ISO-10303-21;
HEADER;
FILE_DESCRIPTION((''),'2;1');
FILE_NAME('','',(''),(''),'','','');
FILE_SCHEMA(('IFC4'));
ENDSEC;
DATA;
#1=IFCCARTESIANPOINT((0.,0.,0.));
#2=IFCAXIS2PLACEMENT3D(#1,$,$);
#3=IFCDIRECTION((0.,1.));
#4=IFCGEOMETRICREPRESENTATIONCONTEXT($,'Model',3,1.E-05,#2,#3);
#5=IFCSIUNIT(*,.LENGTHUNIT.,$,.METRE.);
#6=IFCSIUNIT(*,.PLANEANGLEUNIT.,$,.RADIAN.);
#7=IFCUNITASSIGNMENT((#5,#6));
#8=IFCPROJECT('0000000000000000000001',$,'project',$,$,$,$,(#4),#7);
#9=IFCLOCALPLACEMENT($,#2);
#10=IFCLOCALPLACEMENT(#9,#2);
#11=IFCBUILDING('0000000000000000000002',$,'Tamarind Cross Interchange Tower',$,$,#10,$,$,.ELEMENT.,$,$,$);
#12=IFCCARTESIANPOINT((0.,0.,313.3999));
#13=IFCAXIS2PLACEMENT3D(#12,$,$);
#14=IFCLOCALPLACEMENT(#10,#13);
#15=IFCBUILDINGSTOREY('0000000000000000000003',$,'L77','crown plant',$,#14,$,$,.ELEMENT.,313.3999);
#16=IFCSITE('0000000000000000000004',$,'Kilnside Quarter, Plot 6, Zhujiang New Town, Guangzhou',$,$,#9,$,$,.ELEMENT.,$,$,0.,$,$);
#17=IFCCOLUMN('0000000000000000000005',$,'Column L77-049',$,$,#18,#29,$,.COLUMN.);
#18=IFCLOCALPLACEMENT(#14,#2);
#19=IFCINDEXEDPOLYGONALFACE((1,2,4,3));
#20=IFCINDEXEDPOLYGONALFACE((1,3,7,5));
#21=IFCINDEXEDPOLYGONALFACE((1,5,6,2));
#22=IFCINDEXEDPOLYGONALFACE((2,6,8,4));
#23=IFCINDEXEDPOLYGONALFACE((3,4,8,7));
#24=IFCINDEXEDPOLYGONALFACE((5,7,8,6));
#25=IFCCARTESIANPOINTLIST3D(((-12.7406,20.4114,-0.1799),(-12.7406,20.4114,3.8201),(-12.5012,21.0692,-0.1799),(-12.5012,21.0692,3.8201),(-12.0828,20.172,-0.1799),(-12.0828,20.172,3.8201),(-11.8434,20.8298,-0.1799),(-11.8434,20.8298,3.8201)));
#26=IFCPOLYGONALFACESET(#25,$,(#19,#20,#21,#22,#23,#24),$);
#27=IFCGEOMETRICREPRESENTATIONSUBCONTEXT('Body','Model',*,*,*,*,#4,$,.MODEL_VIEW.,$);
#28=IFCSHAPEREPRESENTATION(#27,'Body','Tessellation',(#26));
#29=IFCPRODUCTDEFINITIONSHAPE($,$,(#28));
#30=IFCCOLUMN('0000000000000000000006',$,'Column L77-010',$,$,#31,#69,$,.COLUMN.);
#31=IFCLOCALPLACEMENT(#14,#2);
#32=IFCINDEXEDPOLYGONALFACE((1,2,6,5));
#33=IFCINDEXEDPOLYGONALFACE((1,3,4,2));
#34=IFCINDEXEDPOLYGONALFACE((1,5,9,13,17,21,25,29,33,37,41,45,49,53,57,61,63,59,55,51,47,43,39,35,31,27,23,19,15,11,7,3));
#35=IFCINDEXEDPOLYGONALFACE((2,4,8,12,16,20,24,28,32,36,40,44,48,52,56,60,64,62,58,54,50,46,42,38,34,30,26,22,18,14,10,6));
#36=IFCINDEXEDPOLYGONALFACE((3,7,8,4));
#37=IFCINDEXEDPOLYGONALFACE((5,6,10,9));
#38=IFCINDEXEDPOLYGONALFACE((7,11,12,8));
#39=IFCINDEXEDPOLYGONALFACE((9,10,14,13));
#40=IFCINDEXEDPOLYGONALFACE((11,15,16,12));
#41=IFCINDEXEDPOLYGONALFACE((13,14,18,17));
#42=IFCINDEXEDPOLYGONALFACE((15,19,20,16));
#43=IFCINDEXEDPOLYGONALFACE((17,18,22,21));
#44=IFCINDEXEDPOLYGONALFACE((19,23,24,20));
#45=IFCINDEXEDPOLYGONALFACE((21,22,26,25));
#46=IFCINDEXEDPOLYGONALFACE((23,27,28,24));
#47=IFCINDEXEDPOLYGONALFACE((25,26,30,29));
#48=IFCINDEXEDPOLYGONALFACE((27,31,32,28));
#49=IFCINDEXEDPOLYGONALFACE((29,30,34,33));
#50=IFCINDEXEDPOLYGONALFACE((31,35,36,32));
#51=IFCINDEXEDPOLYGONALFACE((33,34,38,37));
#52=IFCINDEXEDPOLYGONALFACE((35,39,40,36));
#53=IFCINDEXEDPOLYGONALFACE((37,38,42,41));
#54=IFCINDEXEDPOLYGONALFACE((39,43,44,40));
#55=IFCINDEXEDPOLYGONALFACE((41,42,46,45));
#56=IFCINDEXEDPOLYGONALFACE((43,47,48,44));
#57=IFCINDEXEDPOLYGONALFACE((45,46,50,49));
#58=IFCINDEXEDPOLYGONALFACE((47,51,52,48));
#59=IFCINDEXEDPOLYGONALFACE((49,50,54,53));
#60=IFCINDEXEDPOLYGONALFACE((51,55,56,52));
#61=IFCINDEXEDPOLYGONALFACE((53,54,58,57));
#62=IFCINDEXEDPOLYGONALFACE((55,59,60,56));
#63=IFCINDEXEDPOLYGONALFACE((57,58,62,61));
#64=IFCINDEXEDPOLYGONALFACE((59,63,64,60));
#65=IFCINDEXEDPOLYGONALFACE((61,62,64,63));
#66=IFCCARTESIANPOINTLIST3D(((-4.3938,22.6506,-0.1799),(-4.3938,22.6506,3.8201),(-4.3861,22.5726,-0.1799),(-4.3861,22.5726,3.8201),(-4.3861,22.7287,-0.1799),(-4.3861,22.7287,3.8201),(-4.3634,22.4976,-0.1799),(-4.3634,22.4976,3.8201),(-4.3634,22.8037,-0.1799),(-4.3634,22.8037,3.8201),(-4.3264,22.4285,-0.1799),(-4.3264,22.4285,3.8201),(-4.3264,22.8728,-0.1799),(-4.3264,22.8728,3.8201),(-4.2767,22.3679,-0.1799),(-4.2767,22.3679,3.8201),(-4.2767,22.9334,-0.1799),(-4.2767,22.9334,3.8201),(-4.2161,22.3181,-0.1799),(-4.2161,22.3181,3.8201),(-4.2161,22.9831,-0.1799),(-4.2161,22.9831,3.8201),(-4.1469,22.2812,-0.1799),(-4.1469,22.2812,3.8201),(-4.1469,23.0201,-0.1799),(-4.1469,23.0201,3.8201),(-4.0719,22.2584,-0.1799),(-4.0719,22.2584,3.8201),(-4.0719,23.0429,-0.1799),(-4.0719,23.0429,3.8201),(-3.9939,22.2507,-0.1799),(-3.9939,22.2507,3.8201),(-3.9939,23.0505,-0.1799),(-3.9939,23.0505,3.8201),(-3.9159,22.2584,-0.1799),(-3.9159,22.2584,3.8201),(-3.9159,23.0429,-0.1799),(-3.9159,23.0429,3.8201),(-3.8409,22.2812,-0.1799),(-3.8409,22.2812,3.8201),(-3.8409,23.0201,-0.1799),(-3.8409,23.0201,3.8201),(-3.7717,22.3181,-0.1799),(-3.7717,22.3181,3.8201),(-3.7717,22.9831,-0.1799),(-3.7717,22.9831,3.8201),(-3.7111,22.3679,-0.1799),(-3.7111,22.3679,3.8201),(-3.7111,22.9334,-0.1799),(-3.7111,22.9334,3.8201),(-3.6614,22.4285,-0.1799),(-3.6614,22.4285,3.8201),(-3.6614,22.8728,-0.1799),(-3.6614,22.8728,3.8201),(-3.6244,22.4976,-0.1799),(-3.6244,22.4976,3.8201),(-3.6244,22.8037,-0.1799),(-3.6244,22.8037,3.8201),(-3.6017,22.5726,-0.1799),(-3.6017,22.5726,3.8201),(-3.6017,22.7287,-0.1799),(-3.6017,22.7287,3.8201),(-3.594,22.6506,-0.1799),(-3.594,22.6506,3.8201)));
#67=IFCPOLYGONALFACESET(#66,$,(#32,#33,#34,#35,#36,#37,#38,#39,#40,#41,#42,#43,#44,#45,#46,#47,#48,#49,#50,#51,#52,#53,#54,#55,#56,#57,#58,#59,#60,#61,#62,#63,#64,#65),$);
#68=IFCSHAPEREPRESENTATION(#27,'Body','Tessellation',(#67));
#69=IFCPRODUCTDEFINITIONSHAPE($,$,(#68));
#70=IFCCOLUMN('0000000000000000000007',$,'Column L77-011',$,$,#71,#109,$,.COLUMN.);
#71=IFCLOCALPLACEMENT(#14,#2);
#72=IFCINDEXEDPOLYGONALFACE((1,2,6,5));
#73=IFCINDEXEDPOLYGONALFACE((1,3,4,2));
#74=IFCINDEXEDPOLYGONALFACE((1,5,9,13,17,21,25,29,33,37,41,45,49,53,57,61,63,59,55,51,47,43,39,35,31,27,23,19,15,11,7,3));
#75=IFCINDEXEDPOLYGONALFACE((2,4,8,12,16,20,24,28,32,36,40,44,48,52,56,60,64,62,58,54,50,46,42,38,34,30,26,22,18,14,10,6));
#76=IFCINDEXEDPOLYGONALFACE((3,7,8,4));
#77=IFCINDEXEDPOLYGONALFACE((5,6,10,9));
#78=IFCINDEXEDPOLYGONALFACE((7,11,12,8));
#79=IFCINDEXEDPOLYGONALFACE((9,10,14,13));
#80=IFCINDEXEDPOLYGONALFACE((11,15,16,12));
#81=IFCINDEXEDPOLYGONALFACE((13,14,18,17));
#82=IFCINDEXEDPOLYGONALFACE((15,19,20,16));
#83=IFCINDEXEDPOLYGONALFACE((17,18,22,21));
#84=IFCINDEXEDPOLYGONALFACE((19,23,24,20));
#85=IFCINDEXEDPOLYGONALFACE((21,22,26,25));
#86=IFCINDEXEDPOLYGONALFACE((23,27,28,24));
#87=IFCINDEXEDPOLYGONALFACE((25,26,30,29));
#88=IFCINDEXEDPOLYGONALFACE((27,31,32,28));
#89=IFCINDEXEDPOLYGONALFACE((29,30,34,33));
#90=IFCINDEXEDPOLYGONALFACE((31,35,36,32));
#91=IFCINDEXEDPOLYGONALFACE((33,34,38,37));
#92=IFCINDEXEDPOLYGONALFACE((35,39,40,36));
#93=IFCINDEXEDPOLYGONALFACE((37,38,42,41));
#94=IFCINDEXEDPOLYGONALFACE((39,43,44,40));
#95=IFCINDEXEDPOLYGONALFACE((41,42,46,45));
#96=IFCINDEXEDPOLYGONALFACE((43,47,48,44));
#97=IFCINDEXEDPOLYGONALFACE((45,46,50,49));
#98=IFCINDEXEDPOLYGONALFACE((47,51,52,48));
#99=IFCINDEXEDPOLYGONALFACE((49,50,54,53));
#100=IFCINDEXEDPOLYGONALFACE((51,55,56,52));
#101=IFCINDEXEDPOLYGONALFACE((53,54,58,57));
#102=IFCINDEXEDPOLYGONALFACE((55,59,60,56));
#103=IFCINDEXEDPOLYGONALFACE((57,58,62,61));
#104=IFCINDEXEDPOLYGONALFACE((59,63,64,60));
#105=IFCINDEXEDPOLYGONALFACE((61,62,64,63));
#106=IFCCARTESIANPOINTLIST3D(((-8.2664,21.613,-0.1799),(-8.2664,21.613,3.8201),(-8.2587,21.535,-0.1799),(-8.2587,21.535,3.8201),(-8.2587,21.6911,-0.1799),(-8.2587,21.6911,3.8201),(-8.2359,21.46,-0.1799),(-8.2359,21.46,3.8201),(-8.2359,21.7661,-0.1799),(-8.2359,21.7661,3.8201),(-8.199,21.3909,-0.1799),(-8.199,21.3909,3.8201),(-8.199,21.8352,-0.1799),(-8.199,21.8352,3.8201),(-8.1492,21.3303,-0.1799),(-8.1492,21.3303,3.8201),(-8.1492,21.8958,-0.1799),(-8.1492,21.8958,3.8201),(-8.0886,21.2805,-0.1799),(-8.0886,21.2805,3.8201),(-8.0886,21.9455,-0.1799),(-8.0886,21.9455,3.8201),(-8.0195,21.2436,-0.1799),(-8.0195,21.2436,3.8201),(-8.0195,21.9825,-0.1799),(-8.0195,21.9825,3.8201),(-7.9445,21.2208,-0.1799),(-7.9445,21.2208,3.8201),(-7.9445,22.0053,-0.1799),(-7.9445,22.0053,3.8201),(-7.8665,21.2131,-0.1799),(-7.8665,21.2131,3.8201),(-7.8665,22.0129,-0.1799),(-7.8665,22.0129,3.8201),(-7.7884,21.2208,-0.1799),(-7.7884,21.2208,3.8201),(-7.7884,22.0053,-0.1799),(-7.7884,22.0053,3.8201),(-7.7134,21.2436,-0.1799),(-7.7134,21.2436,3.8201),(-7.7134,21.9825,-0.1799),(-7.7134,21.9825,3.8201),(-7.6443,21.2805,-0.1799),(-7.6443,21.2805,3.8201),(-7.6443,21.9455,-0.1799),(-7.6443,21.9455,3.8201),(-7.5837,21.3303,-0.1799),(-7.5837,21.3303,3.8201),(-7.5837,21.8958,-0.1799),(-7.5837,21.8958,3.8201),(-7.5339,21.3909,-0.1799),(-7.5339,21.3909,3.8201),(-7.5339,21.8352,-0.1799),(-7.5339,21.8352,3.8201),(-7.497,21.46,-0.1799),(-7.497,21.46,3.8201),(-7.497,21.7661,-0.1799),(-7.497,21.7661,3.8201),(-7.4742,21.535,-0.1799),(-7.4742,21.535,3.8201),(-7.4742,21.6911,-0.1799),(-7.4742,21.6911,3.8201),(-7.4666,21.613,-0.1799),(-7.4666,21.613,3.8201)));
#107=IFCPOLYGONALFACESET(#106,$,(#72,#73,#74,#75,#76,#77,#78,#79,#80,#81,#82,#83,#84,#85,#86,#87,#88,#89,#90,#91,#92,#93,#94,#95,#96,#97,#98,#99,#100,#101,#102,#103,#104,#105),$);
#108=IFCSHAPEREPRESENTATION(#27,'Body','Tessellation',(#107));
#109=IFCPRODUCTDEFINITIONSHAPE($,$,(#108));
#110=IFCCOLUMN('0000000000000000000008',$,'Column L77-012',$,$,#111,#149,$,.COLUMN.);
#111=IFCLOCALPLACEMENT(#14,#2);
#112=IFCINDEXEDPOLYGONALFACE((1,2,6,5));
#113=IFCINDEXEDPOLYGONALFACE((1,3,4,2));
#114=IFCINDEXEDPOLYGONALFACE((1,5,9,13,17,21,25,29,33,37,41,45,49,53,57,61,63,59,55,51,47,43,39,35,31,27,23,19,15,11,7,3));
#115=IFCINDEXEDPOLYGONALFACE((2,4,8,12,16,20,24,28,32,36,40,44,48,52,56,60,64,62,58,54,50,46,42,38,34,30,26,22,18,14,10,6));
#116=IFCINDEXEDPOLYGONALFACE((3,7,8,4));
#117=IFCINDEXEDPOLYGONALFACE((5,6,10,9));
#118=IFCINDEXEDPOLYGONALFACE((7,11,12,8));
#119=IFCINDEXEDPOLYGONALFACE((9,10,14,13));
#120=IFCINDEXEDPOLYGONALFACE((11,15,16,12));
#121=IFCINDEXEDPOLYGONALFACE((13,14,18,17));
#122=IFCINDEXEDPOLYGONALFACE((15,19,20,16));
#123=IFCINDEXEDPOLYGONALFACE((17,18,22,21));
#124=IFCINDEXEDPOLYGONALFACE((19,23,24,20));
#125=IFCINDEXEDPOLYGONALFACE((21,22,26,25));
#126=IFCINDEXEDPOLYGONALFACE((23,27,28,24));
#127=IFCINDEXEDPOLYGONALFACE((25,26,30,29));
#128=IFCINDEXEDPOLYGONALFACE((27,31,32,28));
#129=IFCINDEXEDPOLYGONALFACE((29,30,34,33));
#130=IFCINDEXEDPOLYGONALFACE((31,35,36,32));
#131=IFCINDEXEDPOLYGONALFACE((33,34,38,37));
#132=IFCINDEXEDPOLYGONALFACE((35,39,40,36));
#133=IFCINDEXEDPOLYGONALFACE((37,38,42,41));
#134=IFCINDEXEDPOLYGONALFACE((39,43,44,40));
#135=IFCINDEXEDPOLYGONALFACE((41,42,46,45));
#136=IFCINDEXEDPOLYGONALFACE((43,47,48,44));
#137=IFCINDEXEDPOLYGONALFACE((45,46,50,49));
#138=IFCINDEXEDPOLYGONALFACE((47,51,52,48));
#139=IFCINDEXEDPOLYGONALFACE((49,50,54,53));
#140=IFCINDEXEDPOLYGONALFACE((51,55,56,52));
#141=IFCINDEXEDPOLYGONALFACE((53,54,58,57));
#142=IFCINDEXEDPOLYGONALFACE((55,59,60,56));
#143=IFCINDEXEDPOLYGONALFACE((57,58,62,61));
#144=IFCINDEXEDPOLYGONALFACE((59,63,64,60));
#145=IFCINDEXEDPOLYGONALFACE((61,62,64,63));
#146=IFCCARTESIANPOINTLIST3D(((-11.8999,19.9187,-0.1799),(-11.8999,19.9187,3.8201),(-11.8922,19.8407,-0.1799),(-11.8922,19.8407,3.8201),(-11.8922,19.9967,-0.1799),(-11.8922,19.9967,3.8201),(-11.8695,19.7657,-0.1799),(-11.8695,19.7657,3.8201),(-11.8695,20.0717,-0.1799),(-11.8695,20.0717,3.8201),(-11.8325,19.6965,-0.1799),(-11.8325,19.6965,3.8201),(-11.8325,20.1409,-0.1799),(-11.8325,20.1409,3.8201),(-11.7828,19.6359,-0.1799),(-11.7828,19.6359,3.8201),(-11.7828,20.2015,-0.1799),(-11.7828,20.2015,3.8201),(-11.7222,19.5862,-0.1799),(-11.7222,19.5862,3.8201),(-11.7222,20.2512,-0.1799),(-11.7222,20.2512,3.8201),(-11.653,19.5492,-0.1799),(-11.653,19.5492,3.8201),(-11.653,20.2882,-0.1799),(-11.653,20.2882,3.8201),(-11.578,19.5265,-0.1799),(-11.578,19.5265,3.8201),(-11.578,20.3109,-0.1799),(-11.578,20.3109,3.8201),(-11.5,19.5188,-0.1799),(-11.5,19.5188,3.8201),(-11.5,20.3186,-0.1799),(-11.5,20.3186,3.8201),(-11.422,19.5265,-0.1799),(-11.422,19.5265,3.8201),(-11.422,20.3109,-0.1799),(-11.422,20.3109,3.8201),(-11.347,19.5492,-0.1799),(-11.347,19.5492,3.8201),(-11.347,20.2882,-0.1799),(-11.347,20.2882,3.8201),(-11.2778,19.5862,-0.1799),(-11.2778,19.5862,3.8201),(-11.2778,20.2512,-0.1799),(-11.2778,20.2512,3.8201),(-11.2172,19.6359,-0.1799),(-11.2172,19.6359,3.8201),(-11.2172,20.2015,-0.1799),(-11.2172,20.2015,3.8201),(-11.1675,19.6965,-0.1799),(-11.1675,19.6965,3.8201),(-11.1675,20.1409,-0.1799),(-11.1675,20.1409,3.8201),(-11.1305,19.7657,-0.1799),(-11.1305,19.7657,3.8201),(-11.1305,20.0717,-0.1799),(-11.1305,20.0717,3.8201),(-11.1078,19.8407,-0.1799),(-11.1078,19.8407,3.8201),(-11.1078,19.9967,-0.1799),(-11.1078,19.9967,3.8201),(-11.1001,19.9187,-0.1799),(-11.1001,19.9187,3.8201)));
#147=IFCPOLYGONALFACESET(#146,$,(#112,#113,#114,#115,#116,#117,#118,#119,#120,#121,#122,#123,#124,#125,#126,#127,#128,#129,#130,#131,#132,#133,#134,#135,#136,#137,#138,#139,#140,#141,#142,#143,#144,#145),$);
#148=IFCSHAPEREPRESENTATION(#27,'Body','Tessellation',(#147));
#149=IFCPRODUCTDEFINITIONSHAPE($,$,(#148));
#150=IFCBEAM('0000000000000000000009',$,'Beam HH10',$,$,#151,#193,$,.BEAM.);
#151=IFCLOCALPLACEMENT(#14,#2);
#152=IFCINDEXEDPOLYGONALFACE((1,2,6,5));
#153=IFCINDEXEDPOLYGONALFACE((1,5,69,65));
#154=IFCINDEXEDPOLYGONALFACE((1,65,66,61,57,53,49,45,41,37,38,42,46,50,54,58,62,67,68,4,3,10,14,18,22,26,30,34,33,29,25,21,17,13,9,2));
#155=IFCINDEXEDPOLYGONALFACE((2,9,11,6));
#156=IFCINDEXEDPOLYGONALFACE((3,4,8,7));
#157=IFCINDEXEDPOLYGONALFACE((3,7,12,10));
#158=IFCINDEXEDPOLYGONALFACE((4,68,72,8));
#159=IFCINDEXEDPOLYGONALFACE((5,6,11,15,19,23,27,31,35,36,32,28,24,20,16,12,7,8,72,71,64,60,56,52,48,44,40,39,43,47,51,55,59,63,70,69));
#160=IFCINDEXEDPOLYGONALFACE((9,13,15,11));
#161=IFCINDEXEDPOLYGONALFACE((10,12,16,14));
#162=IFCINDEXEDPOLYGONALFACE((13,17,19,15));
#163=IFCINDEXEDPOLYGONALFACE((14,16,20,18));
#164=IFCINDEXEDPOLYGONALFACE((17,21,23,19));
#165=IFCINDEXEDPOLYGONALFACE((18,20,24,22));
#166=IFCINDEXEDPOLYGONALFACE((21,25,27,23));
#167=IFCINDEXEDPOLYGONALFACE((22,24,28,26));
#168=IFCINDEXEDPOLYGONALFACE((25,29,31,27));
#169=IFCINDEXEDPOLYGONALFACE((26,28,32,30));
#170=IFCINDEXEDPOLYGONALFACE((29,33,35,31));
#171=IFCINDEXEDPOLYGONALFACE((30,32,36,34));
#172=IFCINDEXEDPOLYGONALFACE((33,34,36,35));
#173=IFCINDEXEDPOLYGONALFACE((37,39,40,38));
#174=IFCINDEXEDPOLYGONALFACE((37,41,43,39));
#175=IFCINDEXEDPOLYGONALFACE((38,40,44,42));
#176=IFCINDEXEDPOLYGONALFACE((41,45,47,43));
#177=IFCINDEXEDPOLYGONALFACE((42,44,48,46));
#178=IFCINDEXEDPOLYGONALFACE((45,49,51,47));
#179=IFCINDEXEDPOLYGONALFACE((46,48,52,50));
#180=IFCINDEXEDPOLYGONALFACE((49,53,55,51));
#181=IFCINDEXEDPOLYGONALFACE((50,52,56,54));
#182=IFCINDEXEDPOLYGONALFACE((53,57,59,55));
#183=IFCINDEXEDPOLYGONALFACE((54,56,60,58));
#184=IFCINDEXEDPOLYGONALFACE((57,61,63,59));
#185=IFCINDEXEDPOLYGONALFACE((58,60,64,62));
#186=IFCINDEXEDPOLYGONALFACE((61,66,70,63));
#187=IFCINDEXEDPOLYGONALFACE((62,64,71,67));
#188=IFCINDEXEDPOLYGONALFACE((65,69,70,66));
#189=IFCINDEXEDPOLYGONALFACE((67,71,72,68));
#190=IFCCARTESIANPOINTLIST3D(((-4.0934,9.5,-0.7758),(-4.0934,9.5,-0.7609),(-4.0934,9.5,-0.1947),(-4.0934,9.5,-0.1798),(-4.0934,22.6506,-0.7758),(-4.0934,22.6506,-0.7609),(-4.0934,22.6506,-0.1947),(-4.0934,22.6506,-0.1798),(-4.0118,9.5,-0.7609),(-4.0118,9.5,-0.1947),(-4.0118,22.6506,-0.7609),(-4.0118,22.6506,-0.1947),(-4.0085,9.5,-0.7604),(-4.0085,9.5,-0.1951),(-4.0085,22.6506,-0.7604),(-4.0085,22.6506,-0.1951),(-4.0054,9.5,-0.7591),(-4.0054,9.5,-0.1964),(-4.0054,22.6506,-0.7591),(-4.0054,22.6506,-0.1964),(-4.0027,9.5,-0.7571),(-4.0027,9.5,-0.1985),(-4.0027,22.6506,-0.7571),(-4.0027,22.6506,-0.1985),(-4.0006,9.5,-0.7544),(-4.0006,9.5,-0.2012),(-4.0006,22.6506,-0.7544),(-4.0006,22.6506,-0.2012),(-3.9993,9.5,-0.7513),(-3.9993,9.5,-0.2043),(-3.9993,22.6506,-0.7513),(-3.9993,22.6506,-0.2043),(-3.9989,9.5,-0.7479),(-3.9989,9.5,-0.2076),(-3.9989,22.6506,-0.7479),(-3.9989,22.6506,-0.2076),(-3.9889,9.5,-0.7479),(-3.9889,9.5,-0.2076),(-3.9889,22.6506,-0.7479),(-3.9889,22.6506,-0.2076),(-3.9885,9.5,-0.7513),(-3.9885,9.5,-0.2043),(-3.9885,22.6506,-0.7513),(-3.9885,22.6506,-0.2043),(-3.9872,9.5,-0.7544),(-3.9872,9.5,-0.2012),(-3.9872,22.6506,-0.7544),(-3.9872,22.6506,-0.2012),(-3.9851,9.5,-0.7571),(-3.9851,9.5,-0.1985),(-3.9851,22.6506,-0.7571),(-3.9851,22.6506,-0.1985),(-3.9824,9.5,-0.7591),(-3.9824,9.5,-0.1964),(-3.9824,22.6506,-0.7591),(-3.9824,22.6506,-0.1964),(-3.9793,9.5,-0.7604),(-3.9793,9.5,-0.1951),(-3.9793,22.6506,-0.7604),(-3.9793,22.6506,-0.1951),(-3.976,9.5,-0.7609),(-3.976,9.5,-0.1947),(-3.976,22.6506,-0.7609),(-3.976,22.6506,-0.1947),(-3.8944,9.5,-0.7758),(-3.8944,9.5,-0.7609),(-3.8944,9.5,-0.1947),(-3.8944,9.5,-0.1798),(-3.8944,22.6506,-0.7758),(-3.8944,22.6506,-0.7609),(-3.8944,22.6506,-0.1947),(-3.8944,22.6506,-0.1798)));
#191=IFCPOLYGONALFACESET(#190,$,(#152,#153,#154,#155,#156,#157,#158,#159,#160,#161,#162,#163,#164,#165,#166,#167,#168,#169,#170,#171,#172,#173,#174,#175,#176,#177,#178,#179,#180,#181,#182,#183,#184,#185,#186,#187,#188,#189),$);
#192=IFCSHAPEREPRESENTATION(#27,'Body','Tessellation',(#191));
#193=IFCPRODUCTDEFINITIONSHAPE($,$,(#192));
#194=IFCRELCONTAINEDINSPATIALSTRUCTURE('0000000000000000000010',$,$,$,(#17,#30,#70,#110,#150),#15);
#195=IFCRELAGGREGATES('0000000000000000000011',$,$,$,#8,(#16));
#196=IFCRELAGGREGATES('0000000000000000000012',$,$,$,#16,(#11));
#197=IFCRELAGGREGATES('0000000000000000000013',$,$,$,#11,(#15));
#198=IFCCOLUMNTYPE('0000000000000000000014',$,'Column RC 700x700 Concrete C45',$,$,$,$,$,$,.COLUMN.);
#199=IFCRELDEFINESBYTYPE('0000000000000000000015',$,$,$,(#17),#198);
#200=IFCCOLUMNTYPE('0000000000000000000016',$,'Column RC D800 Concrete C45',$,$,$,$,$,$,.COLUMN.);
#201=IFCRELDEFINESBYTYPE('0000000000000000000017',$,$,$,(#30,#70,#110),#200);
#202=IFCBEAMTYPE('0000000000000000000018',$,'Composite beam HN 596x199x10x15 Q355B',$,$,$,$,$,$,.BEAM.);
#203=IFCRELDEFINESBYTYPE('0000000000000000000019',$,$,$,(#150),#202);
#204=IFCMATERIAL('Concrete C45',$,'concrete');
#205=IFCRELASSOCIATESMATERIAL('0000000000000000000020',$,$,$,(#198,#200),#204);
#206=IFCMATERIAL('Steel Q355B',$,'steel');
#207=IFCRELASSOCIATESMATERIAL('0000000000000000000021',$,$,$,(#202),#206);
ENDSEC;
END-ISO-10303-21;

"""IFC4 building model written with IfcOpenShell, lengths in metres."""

from ifc_helpers import new_model, si_unit, direction, frame, origin, origin_2d, place, context, subcontext, project, spatial, rectangle, circle, i_section, extrude, material, material_profile, profile_set, type_object, element, save


model = new_model("IFC4")

# Units and contexts
model_context = context("Model", 3, precision=1e-05, world=origin(), true_north=direction((0.0, 1.0)))
body_context = subcontext(model_context, "Body", "Model", "MODEL_VIEW")
ifc_project = project(units=[si_unit("LENGTHUNIT", "METRE"), si_unit("PLANEANGLEUNIT", "RADIAN")], contexts=[model_context])

# Site, building, storey
site_placement = place(None, origin())
site = spatial("IfcSite", under=ifc_project, at=site_placement, Name="Kilnside Quarter, Plot 6, Zhujiang New Town, Guangzhou", CompositionType="ELEMENT", RefElevation=0.0)
building_placement = place(site_placement, origin())
building = spatial("IfcBuilding", under=site, at=building_placement, Name="Tamarind Cross Interchange Tower", CompositionType="ELEMENT")
storey_placement = place(building_placement, frame((0.0, 0.0, 313.3999)))
storey = spatial("IfcBuildingStorey", under=building, at=storey_placement, Name="L77", Description="crown plant", CompositionType="ELEMENT", Elevation=313.3999)

# Columns
ifc_material_1 = material(Name="Concrete C45", Category="concrete")
ifc_material_profile_1 = material_profile(ifc_material_1, rectangle(XDim=0.7, YDim=0.7, at=origin_2d()), Name="RC 700x700")
ifc_profile_set_1 = profile_set([ifc_material_profile_1], Name="Concrete C45")
column_type_1 = type_object("IfcColumnType", Name="Column RC 700x700 Concrete C45", PredefinedType="COLUMN", material=ifc_profile_set_1)
column_placement = place(storey_placement, frame((-12.292, 20.6206, -0.1799), z_axis=(0.0, 0.0, 1.0), x_axis=(0.341994, 0.939702, 0.0)))
element("IfcColumn", 1, at=column_placement, inside=storey, type_object=column_type_1, Name="Column L77-049", PredefinedType="COLUMN", context=body_context, shape_type="SweptSolid", body=[
    extrude(rectangle(XDim=0.7, YDim=0.7, at=origin_2d()), origin(), (0.0, 0.0, 1.0), 4.0),
])
ifc_material_profile_2 = material_profile(ifc_material_1, circle(Radius=0.3999, at=origin_2d()), Name="RC D800")
ifc_profile_set_2 = profile_set([ifc_material_profile_2], Name="Concrete C45")
column_type_2 = type_object("IfcColumnType", Name="Column RC D800 Concrete C45", PredefinedType="COLUMN", material=ifc_profile_set_2)
for number, where, z_axis, x_axis, name in (
    (2, (-3.9939, 22.6506, -0.1799), (0.0, 0.0, 1.0), (1.0, 0.0, 0.0), "Column L77-010"),
    (3, (-7.8665, 21.613, -0.1799), (0.0, 0.0, 1.0), (1.0, 0.0, 0.0), "Column L77-011"),
    (4, (-11.5, 19.9187, -0.1799), (0.0, 0.0, 1.0), (1.0, 0.0, 0.0), "Column L77-012"),
):
    element("IfcColumn", number, at=place(storey_placement, frame(where, z_axis=z_axis, x_axis=x_axis)), inside=storey, type_object=column_type_2, Name=name, PredefinedType="COLUMN", context=body_context, shape_type="SweptSolid", body=[
        extrude(circle(Radius=0.3999, at=origin_2d()), origin(), (0.0, 0.0, 1.0), 4.0),
    ])

# Beam
ifc_material_2 = material(Name="Steel Q355B", Category="steel")
ifc_material_profile_3 = material_profile(ifc_material_2, i_section(OverallWidth=0.199, OverallDepth=0.5959, WebThickness=0.01, FlangeThickness=0.0149, FilletRadius=0.0129, at=origin_2d()), Name="HN 596x199x10x15")
ifc_profile_set_3 = profile_set([ifc_material_profile_3], Name="Steel Q355B")
beam_type = type_object("IfcBeamType", Name="Composite beam HN 596x199x10x15 Q355B", PredefinedType="BEAM", material=ifc_profile_set_3)
beam_1_placement = place(storey_placement, frame((-3.9939, 22.6506, -0.4778), z_axis=(0.0, -1.0, 0.0), x_axis=(1.0, 0.0, 0.0)))
element("IfcBeam", 5, at=beam_1_placement, inside=storey, type_object=beam_type, Name="Beam HH10", PredefinedType="BEAM", context=body_context, shape_type="SweptSolid", body=[
    extrude(i_section(OverallWidth=0.199, OverallDepth=0.5959, WebThickness=0.01, FlangeThickness=0.0149, FilletRadius=0.0129, at=origin_2d()), origin(), (0.0, 0.0, 1.0), 13.1506),
])

save(model, "model.ifc")
